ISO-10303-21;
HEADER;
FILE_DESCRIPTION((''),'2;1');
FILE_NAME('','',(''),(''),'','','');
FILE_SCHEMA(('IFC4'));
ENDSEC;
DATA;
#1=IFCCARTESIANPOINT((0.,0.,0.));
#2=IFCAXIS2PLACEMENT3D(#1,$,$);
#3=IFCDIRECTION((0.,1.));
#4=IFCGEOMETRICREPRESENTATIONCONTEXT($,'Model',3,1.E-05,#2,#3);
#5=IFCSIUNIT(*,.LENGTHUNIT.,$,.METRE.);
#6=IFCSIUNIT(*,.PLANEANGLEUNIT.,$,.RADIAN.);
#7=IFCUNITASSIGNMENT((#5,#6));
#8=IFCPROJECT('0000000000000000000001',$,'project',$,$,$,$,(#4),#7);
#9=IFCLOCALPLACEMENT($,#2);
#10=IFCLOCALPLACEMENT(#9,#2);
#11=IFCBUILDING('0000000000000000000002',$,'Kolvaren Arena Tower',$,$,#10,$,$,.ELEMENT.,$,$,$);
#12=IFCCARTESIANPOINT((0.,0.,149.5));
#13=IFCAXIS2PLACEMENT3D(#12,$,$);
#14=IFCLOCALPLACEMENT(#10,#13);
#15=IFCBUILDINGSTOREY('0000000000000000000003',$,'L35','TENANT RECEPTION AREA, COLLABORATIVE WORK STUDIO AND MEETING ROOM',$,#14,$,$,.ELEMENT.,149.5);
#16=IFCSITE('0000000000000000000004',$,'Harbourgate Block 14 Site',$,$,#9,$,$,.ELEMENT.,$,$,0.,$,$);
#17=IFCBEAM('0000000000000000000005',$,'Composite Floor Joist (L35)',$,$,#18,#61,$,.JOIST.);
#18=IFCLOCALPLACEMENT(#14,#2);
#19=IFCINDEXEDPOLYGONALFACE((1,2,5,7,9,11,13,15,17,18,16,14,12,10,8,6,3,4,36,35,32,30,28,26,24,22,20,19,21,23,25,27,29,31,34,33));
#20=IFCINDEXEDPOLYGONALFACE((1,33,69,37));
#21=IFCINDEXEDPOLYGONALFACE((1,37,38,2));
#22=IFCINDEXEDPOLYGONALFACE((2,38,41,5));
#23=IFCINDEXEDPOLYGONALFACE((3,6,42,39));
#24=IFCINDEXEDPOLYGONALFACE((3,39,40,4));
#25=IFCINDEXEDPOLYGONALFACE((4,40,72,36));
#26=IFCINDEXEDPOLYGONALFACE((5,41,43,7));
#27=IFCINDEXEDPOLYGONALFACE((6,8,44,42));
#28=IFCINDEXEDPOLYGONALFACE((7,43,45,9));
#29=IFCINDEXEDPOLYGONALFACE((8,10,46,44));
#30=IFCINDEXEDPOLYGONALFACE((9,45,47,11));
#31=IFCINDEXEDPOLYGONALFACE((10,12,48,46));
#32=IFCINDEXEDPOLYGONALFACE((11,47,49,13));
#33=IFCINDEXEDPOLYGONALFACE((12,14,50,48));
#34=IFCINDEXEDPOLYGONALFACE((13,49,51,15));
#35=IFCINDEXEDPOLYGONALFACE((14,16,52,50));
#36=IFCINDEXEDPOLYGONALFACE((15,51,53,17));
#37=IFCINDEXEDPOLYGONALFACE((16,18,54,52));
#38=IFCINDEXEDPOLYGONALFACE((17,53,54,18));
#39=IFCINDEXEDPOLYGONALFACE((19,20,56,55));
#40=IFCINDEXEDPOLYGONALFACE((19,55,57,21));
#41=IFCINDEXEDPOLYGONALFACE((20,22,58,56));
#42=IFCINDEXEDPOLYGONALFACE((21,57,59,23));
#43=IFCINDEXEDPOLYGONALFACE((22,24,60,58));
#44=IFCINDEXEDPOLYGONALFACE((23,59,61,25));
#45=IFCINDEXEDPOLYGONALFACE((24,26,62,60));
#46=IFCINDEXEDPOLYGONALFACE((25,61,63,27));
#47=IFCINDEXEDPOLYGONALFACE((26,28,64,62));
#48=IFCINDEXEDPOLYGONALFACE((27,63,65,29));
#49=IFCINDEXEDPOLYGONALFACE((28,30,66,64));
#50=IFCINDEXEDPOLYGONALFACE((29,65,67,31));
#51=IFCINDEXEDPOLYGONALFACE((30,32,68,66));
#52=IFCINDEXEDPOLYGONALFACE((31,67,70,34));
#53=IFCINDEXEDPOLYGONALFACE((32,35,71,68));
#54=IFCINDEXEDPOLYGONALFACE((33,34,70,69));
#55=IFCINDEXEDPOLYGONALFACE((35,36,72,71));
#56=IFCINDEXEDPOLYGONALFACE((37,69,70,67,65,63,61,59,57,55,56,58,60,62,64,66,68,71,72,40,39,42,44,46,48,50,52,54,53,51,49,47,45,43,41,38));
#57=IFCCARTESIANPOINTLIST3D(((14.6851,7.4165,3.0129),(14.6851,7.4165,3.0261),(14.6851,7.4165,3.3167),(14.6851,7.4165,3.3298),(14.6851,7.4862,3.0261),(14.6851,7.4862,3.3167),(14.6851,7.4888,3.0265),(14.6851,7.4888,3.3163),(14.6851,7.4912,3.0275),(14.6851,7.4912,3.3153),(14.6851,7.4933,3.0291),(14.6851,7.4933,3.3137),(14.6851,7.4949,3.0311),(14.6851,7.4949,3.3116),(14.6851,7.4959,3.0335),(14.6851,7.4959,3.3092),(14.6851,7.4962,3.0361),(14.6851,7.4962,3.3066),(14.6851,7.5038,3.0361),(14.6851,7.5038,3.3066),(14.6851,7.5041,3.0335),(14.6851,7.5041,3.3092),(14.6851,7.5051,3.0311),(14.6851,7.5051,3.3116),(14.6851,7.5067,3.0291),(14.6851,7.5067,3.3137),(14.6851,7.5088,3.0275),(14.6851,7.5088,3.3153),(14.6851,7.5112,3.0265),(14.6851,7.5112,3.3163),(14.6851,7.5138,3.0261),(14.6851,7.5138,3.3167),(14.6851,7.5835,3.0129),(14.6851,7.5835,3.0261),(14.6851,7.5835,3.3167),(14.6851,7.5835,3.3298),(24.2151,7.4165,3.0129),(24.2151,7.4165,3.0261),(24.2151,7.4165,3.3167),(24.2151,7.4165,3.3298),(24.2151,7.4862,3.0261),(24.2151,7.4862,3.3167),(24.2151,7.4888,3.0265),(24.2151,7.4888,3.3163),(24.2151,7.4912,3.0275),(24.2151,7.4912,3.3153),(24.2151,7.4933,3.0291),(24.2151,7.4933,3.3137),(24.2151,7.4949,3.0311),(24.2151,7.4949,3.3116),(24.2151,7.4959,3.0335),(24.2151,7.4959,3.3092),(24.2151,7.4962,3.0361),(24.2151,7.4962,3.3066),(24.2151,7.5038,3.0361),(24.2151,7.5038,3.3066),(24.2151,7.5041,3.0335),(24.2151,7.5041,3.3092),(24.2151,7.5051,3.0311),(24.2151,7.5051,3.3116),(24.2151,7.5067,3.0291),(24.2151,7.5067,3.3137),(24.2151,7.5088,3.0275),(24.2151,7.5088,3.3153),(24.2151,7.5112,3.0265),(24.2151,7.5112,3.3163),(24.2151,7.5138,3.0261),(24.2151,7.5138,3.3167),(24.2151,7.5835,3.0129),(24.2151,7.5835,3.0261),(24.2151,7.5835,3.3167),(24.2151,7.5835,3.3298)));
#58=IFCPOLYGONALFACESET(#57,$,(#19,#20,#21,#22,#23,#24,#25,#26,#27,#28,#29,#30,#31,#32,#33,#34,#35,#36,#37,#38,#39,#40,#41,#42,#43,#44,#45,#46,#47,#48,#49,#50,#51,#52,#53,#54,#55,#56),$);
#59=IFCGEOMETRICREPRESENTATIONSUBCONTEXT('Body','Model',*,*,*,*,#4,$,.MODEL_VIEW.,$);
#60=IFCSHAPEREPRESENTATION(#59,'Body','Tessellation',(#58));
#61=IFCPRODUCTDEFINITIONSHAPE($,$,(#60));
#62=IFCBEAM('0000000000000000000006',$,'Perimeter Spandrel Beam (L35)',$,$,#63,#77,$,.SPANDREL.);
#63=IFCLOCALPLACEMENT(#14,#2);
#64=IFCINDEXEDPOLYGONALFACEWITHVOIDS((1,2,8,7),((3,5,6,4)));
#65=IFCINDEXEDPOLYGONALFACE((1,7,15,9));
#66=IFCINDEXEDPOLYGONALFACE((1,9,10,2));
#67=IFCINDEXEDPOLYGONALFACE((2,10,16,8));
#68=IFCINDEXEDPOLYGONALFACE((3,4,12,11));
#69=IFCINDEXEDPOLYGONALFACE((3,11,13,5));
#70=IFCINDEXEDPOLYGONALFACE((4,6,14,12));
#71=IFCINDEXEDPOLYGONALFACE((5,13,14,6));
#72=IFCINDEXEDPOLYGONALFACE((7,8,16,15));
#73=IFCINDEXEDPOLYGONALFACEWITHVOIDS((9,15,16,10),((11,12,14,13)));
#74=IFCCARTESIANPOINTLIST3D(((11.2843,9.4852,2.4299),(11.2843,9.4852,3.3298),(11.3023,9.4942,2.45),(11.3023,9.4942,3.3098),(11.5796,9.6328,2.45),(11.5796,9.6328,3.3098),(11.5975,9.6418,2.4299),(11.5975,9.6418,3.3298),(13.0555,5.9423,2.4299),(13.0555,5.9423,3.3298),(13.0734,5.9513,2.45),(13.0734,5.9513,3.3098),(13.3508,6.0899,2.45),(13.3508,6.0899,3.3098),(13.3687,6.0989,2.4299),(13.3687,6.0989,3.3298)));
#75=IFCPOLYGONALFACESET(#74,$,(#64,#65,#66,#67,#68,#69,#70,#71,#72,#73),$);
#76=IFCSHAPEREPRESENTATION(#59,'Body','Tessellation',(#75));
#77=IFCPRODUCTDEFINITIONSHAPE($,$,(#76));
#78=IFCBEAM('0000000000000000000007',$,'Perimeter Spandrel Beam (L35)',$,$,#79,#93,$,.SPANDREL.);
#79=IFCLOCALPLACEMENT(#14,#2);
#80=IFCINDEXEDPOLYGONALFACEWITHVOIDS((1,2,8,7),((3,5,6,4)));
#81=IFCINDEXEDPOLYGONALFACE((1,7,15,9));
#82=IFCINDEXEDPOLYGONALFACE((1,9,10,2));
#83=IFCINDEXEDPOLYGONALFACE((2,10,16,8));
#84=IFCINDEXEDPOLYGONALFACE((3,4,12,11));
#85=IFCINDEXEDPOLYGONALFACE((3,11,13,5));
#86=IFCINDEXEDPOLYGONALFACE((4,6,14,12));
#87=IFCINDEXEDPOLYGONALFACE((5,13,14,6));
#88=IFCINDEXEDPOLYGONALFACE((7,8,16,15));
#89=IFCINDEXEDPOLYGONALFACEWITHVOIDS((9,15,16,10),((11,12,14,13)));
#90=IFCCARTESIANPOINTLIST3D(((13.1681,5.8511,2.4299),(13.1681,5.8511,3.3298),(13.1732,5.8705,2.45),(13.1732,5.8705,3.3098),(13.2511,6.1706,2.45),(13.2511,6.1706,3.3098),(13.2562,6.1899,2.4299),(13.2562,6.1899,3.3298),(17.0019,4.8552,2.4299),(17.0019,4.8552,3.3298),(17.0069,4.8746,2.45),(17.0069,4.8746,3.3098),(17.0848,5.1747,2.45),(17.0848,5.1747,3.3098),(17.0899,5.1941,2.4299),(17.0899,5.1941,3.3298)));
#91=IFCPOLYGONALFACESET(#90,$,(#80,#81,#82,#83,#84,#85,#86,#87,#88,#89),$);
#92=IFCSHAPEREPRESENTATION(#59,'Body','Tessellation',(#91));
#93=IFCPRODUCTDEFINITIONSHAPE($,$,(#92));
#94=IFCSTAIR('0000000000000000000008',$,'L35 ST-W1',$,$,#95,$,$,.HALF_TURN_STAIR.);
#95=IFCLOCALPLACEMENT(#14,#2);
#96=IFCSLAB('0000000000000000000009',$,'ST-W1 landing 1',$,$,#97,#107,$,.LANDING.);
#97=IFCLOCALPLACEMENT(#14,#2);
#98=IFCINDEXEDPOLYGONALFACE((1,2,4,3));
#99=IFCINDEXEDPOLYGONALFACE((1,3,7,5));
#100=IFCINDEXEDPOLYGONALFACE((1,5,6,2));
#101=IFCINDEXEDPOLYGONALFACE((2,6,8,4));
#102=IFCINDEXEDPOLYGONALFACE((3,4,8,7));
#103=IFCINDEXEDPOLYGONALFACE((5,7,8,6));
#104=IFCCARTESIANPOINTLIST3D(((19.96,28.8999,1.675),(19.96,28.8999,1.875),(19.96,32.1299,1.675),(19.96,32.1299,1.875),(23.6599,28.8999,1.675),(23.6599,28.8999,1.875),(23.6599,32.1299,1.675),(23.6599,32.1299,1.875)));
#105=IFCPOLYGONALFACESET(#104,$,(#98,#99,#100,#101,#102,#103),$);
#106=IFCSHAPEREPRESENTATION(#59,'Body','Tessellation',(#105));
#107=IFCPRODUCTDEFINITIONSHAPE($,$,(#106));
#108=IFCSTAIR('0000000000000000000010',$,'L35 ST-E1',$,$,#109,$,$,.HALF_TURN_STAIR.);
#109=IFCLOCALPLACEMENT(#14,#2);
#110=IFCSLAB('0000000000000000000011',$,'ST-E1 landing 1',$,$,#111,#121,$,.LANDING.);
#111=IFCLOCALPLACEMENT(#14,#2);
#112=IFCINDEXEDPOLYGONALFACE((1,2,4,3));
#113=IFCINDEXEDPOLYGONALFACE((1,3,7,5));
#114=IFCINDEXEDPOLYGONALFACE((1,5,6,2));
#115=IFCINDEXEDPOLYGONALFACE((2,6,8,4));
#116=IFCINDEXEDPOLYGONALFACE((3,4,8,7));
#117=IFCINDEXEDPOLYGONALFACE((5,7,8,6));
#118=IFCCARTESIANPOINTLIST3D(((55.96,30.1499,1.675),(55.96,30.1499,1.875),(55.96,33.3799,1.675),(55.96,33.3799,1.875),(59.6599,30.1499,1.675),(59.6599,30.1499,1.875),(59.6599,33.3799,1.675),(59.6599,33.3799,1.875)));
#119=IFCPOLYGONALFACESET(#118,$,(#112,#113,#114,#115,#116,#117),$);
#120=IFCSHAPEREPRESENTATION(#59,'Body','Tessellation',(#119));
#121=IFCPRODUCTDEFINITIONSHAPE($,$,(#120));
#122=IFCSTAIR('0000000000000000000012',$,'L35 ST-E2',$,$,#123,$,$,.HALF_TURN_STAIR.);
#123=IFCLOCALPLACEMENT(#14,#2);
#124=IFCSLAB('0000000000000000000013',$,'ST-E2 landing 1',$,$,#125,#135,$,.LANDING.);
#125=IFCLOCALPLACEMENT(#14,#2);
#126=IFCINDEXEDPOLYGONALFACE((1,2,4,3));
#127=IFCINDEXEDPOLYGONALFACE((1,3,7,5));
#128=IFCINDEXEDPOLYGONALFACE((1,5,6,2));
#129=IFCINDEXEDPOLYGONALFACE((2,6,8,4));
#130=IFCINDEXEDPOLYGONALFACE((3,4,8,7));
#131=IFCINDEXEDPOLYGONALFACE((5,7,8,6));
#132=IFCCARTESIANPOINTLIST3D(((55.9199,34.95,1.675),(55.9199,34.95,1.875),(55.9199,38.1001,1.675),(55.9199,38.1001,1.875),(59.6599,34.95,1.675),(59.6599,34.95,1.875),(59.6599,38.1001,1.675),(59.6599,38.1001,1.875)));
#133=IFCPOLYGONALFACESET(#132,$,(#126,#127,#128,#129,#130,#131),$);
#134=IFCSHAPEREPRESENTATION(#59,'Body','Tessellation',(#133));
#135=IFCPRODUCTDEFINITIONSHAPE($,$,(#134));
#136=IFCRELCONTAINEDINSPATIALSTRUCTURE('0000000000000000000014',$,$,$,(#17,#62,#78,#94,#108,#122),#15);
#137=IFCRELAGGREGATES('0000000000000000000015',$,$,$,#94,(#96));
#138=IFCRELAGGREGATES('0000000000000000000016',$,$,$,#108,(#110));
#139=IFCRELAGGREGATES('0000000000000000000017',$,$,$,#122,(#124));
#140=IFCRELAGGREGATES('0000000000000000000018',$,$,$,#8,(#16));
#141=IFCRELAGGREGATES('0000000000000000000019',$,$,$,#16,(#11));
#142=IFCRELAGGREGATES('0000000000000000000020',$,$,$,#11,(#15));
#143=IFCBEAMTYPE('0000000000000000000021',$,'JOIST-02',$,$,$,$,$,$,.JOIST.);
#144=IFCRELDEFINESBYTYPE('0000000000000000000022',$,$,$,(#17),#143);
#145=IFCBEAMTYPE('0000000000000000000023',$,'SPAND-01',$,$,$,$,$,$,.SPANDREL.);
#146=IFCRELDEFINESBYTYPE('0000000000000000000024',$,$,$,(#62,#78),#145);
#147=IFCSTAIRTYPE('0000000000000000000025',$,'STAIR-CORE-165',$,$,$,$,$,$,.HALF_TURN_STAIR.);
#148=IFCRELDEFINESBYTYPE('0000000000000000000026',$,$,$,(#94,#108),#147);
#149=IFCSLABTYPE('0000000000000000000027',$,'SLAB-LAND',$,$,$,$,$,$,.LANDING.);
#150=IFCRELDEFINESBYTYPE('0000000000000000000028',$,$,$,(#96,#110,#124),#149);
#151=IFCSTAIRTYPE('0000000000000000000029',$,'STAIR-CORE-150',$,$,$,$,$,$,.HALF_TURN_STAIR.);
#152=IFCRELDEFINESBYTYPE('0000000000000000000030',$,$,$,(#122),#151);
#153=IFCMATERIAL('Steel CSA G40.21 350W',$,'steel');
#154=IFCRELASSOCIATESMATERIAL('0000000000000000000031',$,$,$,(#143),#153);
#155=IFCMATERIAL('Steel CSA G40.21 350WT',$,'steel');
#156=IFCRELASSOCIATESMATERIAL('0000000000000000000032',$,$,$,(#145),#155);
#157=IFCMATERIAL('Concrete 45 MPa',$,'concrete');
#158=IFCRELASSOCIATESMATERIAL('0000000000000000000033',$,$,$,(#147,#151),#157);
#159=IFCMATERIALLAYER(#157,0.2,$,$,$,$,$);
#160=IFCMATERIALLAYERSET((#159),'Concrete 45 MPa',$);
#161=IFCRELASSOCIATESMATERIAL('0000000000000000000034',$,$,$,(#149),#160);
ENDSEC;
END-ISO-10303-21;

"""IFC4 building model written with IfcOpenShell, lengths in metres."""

from ifc_helpers import new_model, si_unit, direction, frame, origin, origin_2d, place, context, subcontext, project, spatial, polyline, hollow_rectangle, i_section, outline, extrude, material, layer, layer_set, material_profile, profile_set, type_object, element, aggregate, save


model = new_model("IFC4")

# Units and contexts
model_context = context("Model", 3, precision=1e-05, world=origin(), true_north=direction((0.0, 1.0)))
body_context = subcontext(model_context, "Body", "Model", "MODEL_VIEW")
ifc_project = project(units=[si_unit("LENGTHUNIT", "METRE"), si_unit("PLANEANGLEUNIT", "RADIAN")], contexts=[model_context])

# Site, building, storey
site_placement = place(None, origin())
site = spatial("IfcSite", under=ifc_project, at=site_placement, Name="Harbourgate Block 14 Site", CompositionType="ELEMENT", RefElevation=0.0)
building_placement = place(site_placement, origin())
building = spatial("IfcBuilding", under=site, at=building_placement, Name="Kolvaren Arena Tower", CompositionType="ELEMENT")
storey_placement = place(building_placement, frame((0.0, 0.0, 149.5)))
storey = spatial("IfcBuildingStorey", under=building, at=storey_placement, Name="L35", Description="TENANT RECEPTION AREA, COLLABORATIVE WORK STUDIO AND MEETING ROOM", CompositionType="ELEMENT", Elevation=149.5)

# Beams
ifc_material_1 = material(Name="Steel CSA G40.21 350W", Category="steel")
ifc_material_profile_1 = material_profile(ifc_material_1, i_section(OverallWidth=0.167, OverallDepth=0.3169, WebThickness=0.0076, FlangeThickness=0.0132, FilletRadius=0.01, at=origin_2d()), Name="W310x52")
ifc_profile_set_1 = profile_set([ifc_material_profile_1], Name="Steel CSA G40.21 350W")
beam_type_1 = type_object("IfcBeamType", Name="JOIST-02", PredefinedType="JOIST", material=ifc_profile_set_1)
beam_1_placement = place(storey_placement, frame((14.6851, 7.5, 3.1714), z_axis=(1.0, 0.0, 0.0), x_axis=(0.0, 1.0, 0.0)))
element("IfcBeam", 1, at=beam_1_placement, inside=storey, type_object=beam_type_1, Name="Composite Floor Joist (L35)", PredefinedType="JOIST", context=body_context, shape_type="SweptSolid", body=[
    extrude(i_section(OverallWidth=0.167, OverallDepth=0.3169, WebThickness=0.0076, FlangeThickness=0.0132, FilletRadius=0.01, at=origin_2d()), origin(), (0.0, 0.0, 1.0), 9.53),
])
ifc_material_2 = material(Name="Steel CSA G40.21 350WT", Category="steel")
ifc_material_profile_2 = material_profile(ifc_material_2, hollow_rectangle(XDim=0.3501, YDim=0.8999, WallThickness=0.02, at=origin_2d()), Name="HSS 900x350x20")
ifc_profile_set_2 = profile_set([ifc_material_profile_2], Name="Steel CSA G40.21 350WT")
beam_type_2 = type_object("IfcBeamType", Name="SPAND-01", PredefinedType="SPANDREL", material=ifc_profile_set_2)
for number, where, z_axis, x_axis, name in (
    (2, (11.4409, 9.5635, 2.8799), (0.447164, -0.894452, 0.0), (0.894452, 0.447164, 0.0), "Perimeter Spandrel Beam (L35)"),
    (3, (13.2122, 6.0205, 2.8799), (0.967879, -0.251416, 0.0), (0.251416, 0.967879, 0.0), "Perimeter Spandrel Beam (L35)"),
):
    element("IfcBeam", number, at=place(storey_placement, frame(where, z_axis=z_axis, x_axis=x_axis)), inside=storey, type_object=beam_type_2, Name=name, PredefinedType="SPANDREL", context=body_context, shape_type="SweptSolid", body=[
        extrude(hollow_rectangle(XDim=0.3501, YDim=0.8999, WallThickness=0.02, at=origin_2d()), origin(), (0.0, 0.0, 1.0), 3.9609),
    ])

# Stairs, slabs
ifc_material_3 = material(Name="Concrete 45 MPa", Category="concrete")
stair_type_1 = type_object("IfcStairType", Name="STAIR-CORE-165", PredefinedType="HALF_TURN_STAIR", material=ifc_material_3)
stair_1_placement = place(storey_placement, origin())
stair_1 = element("IfcStair", 4, at=stair_1_placement, inside=storey, type_object=stair_type_1, Name="L35 ST-W1", PredefinedType="HALF_TURN_STAIR")
ifc_layer_1 = layer(ifc_material_3, 0.2)
ifc_layer_set_1 = layer_set([ifc_layer_1], Name="Concrete 45 MPa")
slab_type_1 = type_object("IfcSlabType", Name="SLAB-LAND", PredefinedType="LANDING", material=ifc_layer_set_1)
slab_1_placement = place(storey_placement, frame((0.0, 0.0, 1.675)))
slab_1 = element("IfcSlab", 5, at=slab_1_placement, type_object=slab_type_1, Name="ST-W1 landing 1", PredefinedType="LANDING", context=body_context, shape_type="SweptSolid", body=[
    extrude(outline(polyline([(19.96, 28.8999), (23.6599, 28.8999), (23.6599, 32.1299), (19.96, 32.1299), (19.96, 28.8999)])), origin(), (0.0, 0.0, 1.0), 0.2),
])
aggregate(stair_1, [slab_1])
stair_2_placement = place(storey_placement, origin())
stair_2 = element("IfcStair", 6, at=stair_2_placement, inside=storey, type_object=stair_type_1, Name="L35 ST-E1", PredefinedType="HALF_TURN_STAIR")
slab_2_placement = place(storey_placement, frame((0.0, 0.0, 1.675)))
slab_2 = element("IfcSlab", 7, at=slab_2_placement, type_object=slab_type_1, Name="ST-E1 landing 1", PredefinedType="LANDING", context=body_context, shape_type="SweptSolid", body=[
    extrude(outline(polyline([(55.96, 30.1499), (59.6599, 30.1499), (59.6599, 33.3799), (55.96, 33.3799), (55.96, 30.1499)])), origin(), (0.0, 0.0, 1.0), 0.2),
])
aggregate(stair_2, [slab_2])
stair_type_2 = type_object("IfcStairType", Name="STAIR-CORE-150", PredefinedType="HALF_TURN_STAIR", material=ifc_material_3)
stair_3_placement = place(storey_placement, origin())
stair_3 = element("IfcStair", 8, at=stair_3_placement, inside=storey, type_object=stair_type_2, Name="L35 ST-E2", PredefinedType="HALF_TURN_STAIR")
slab_3_placement = place(storey_placement, frame((0.0, 0.0, 1.675)))
slab_3 = element("IfcSlab", 9, at=slab_3_placement, type_object=slab_type_1, Name="ST-E2 landing 1", PredefinedType="LANDING", context=body_context, shape_type="SweptSolid", body=[
    extrude(outline(polyline([(55.9199, 34.95), (59.6599, 34.95), (59.6599, 38.1001), (55.9199, 38.1001), (55.9199, 34.95)])), origin(), (0.0, 0.0, 1.0), 0.2),
])
aggregate(stair_3, [slab_3])

save(model, "model.ifc")
